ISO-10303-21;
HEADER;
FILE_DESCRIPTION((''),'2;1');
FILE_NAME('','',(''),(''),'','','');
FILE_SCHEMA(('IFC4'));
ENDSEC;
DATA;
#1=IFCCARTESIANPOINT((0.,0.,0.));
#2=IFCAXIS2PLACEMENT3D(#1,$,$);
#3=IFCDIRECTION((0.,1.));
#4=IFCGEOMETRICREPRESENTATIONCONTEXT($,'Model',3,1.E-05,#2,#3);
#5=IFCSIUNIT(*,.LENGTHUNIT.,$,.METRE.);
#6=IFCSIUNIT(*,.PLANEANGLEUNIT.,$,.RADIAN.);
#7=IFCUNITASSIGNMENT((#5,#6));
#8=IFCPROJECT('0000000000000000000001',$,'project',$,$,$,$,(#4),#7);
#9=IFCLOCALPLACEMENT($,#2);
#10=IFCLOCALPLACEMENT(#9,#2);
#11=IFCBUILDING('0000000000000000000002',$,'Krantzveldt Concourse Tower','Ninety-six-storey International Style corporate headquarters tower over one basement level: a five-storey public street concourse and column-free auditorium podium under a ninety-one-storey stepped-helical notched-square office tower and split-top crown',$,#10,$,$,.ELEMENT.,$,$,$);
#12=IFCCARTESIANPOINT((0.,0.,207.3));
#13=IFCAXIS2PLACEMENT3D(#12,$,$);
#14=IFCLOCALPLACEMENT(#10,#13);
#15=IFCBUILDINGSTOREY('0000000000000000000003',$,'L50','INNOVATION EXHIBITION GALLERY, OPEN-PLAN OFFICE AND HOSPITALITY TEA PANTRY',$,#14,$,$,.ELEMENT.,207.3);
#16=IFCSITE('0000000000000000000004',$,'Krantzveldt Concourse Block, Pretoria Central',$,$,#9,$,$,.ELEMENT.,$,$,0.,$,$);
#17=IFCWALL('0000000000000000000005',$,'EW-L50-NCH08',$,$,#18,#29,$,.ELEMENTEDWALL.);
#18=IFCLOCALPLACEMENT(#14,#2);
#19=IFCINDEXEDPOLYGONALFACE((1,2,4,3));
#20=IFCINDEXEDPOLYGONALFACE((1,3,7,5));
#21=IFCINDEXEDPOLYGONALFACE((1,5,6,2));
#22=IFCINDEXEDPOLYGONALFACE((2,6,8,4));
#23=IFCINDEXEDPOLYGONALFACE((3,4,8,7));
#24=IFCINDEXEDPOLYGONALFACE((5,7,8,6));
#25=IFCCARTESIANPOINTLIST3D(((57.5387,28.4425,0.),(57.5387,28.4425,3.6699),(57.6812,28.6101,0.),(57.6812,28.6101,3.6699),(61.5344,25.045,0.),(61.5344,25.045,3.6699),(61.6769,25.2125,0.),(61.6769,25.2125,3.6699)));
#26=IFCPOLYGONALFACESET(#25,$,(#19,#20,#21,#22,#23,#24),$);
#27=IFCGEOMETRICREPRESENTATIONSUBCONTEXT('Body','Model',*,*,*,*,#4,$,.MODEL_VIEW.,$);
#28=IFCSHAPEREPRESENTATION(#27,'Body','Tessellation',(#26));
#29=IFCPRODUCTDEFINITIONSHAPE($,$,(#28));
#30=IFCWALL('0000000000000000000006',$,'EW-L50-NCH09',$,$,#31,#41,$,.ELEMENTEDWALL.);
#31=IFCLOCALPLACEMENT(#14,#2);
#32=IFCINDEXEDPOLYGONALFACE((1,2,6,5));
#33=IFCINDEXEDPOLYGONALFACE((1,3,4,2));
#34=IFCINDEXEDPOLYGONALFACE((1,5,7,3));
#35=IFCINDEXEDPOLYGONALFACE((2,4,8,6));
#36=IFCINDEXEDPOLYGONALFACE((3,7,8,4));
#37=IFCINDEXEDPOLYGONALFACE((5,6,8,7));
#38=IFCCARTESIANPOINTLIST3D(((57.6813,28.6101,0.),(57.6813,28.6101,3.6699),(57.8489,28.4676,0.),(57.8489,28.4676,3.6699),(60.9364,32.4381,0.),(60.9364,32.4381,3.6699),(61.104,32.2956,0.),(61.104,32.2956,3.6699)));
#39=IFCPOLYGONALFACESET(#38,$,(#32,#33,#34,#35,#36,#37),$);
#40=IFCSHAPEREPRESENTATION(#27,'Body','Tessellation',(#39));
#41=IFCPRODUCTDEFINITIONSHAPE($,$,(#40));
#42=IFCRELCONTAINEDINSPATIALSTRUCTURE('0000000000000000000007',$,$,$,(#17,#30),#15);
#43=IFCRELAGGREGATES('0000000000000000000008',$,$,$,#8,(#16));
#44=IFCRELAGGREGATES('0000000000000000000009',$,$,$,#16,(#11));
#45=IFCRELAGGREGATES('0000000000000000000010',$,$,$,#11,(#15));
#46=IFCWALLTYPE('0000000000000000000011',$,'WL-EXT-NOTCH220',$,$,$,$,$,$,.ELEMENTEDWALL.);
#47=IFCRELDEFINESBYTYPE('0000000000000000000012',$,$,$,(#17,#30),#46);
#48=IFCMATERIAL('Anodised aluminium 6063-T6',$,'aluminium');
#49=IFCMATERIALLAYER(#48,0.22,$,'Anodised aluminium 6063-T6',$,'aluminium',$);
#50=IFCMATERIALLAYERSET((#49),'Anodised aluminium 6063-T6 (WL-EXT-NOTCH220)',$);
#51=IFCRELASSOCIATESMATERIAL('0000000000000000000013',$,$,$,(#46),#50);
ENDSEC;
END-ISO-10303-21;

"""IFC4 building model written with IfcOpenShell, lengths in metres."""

from ifc_helpers import new_model, si_unit, direction, frame, frame_2d, origin, place, context, subcontext, project, spatial, rectangle, extrude, material, layer, layer_set, type_object, element, save


model = new_model("IFC4")

# Units and contexts
model_context = context("Model", 3, precision=1e-05, world=origin(), true_north=direction((0.0, 1.0)))
body_context = subcontext(model_context, "Body", "Model", "MODEL_VIEW")
ifc_project = project(units=[si_unit("LENGTHUNIT", "METRE"), si_unit("PLANEANGLEUNIT", "RADIAN")], contexts=[model_context])

# Site, building, storey
site_placement = place(None, origin())
site = spatial("IfcSite", under=ifc_project, at=site_placement, Name="Krantzveldt Concourse Block, Pretoria Central", CompositionType="ELEMENT", RefElevation=0.0)
building_placement = place(site_placement, origin())
building = spatial("IfcBuilding", under=site, at=building_placement, Name="Krantzveldt Concourse Tower", Description="Ninety-six-storey International Style corporate headquarters tower over one basement level: a five-storey public street concourse and column-free auditorium podium under a ninety-one-storey stepped-helical notched-square office tower and split-top crown", CompositionType="ELEMENT")
storey_placement = place(building_placement, frame((0.0, 0.0, 207.3)))
storey = spatial("IfcBuildingStorey", under=building, at=storey_placement, Name="L50", Description="INNOVATION EXHIBITION GALLERY, OPEN-PLAN OFFICE AND HOSPITALITY TEA PANTRY", CompositionType="ELEMENT", Elevation=207.3)

# Shared definitions
ifc_material_1 = material(Name="Anodised aluminium 6063-T6", Category="aluminium")

# Walls
ifc_layer_1 = layer(ifc_material_1, 0.22, Name="Anodised aluminium 6063-T6", Category="aluminium")
ifc_layer_set_1 = layer_set([ifc_layer_1], Name="Anodised aluminium 6063-T6 (WL-EXT-NOTCH220)")
wall_type = type_object("IfcWallType", Name="WL-EXT-NOTCH220", PredefinedType="ELEMENTEDWALL", material=ifc_layer_set_1)
wall_1_placement = place(storey_placement, frame((61.6057, 25.1287, 0.0), z_axis=(0.0, 0.0, 1.0), x_axis=(-0.761827, 0.647781, 0.0)))
element("IfcWall", 1, at=wall_1_placement, inside=storey, type_object=wall_type, Name="EW-L50-NCH08", PredefinedType="ELEMENTEDWALL", context=body_context, shape_type="SweptSolid", body=[
    extrude(rectangle(XDim=5.2449, YDim=0.22, at=frame_2d((2.6226, 0.0))), origin(), (0.0, 0.0, 1.0), 3.6699),
])
wall_2_placement = place(storey_placement, frame((57.7651, 28.5388, 0.0), z_axis=(0.0, 0.0, 1.0), x_axis=(0.647789, 0.761819, 0.0)))
element("IfcWall", 2, at=wall_2_placement, inside=storey, type_object=wall_type, Name="EW-L50-NCH09", PredefinedType="ELEMENTEDWALL", context=body_context, shape_type="SweptSolid", body=[
    extrude(rectangle(XDim=5.0249, YDim=0.22, at=frame_2d((2.5125, 0.0))), origin(), (0.0, 0.0, 1.0), 3.6699),
])

save(model, "model.ifc")
